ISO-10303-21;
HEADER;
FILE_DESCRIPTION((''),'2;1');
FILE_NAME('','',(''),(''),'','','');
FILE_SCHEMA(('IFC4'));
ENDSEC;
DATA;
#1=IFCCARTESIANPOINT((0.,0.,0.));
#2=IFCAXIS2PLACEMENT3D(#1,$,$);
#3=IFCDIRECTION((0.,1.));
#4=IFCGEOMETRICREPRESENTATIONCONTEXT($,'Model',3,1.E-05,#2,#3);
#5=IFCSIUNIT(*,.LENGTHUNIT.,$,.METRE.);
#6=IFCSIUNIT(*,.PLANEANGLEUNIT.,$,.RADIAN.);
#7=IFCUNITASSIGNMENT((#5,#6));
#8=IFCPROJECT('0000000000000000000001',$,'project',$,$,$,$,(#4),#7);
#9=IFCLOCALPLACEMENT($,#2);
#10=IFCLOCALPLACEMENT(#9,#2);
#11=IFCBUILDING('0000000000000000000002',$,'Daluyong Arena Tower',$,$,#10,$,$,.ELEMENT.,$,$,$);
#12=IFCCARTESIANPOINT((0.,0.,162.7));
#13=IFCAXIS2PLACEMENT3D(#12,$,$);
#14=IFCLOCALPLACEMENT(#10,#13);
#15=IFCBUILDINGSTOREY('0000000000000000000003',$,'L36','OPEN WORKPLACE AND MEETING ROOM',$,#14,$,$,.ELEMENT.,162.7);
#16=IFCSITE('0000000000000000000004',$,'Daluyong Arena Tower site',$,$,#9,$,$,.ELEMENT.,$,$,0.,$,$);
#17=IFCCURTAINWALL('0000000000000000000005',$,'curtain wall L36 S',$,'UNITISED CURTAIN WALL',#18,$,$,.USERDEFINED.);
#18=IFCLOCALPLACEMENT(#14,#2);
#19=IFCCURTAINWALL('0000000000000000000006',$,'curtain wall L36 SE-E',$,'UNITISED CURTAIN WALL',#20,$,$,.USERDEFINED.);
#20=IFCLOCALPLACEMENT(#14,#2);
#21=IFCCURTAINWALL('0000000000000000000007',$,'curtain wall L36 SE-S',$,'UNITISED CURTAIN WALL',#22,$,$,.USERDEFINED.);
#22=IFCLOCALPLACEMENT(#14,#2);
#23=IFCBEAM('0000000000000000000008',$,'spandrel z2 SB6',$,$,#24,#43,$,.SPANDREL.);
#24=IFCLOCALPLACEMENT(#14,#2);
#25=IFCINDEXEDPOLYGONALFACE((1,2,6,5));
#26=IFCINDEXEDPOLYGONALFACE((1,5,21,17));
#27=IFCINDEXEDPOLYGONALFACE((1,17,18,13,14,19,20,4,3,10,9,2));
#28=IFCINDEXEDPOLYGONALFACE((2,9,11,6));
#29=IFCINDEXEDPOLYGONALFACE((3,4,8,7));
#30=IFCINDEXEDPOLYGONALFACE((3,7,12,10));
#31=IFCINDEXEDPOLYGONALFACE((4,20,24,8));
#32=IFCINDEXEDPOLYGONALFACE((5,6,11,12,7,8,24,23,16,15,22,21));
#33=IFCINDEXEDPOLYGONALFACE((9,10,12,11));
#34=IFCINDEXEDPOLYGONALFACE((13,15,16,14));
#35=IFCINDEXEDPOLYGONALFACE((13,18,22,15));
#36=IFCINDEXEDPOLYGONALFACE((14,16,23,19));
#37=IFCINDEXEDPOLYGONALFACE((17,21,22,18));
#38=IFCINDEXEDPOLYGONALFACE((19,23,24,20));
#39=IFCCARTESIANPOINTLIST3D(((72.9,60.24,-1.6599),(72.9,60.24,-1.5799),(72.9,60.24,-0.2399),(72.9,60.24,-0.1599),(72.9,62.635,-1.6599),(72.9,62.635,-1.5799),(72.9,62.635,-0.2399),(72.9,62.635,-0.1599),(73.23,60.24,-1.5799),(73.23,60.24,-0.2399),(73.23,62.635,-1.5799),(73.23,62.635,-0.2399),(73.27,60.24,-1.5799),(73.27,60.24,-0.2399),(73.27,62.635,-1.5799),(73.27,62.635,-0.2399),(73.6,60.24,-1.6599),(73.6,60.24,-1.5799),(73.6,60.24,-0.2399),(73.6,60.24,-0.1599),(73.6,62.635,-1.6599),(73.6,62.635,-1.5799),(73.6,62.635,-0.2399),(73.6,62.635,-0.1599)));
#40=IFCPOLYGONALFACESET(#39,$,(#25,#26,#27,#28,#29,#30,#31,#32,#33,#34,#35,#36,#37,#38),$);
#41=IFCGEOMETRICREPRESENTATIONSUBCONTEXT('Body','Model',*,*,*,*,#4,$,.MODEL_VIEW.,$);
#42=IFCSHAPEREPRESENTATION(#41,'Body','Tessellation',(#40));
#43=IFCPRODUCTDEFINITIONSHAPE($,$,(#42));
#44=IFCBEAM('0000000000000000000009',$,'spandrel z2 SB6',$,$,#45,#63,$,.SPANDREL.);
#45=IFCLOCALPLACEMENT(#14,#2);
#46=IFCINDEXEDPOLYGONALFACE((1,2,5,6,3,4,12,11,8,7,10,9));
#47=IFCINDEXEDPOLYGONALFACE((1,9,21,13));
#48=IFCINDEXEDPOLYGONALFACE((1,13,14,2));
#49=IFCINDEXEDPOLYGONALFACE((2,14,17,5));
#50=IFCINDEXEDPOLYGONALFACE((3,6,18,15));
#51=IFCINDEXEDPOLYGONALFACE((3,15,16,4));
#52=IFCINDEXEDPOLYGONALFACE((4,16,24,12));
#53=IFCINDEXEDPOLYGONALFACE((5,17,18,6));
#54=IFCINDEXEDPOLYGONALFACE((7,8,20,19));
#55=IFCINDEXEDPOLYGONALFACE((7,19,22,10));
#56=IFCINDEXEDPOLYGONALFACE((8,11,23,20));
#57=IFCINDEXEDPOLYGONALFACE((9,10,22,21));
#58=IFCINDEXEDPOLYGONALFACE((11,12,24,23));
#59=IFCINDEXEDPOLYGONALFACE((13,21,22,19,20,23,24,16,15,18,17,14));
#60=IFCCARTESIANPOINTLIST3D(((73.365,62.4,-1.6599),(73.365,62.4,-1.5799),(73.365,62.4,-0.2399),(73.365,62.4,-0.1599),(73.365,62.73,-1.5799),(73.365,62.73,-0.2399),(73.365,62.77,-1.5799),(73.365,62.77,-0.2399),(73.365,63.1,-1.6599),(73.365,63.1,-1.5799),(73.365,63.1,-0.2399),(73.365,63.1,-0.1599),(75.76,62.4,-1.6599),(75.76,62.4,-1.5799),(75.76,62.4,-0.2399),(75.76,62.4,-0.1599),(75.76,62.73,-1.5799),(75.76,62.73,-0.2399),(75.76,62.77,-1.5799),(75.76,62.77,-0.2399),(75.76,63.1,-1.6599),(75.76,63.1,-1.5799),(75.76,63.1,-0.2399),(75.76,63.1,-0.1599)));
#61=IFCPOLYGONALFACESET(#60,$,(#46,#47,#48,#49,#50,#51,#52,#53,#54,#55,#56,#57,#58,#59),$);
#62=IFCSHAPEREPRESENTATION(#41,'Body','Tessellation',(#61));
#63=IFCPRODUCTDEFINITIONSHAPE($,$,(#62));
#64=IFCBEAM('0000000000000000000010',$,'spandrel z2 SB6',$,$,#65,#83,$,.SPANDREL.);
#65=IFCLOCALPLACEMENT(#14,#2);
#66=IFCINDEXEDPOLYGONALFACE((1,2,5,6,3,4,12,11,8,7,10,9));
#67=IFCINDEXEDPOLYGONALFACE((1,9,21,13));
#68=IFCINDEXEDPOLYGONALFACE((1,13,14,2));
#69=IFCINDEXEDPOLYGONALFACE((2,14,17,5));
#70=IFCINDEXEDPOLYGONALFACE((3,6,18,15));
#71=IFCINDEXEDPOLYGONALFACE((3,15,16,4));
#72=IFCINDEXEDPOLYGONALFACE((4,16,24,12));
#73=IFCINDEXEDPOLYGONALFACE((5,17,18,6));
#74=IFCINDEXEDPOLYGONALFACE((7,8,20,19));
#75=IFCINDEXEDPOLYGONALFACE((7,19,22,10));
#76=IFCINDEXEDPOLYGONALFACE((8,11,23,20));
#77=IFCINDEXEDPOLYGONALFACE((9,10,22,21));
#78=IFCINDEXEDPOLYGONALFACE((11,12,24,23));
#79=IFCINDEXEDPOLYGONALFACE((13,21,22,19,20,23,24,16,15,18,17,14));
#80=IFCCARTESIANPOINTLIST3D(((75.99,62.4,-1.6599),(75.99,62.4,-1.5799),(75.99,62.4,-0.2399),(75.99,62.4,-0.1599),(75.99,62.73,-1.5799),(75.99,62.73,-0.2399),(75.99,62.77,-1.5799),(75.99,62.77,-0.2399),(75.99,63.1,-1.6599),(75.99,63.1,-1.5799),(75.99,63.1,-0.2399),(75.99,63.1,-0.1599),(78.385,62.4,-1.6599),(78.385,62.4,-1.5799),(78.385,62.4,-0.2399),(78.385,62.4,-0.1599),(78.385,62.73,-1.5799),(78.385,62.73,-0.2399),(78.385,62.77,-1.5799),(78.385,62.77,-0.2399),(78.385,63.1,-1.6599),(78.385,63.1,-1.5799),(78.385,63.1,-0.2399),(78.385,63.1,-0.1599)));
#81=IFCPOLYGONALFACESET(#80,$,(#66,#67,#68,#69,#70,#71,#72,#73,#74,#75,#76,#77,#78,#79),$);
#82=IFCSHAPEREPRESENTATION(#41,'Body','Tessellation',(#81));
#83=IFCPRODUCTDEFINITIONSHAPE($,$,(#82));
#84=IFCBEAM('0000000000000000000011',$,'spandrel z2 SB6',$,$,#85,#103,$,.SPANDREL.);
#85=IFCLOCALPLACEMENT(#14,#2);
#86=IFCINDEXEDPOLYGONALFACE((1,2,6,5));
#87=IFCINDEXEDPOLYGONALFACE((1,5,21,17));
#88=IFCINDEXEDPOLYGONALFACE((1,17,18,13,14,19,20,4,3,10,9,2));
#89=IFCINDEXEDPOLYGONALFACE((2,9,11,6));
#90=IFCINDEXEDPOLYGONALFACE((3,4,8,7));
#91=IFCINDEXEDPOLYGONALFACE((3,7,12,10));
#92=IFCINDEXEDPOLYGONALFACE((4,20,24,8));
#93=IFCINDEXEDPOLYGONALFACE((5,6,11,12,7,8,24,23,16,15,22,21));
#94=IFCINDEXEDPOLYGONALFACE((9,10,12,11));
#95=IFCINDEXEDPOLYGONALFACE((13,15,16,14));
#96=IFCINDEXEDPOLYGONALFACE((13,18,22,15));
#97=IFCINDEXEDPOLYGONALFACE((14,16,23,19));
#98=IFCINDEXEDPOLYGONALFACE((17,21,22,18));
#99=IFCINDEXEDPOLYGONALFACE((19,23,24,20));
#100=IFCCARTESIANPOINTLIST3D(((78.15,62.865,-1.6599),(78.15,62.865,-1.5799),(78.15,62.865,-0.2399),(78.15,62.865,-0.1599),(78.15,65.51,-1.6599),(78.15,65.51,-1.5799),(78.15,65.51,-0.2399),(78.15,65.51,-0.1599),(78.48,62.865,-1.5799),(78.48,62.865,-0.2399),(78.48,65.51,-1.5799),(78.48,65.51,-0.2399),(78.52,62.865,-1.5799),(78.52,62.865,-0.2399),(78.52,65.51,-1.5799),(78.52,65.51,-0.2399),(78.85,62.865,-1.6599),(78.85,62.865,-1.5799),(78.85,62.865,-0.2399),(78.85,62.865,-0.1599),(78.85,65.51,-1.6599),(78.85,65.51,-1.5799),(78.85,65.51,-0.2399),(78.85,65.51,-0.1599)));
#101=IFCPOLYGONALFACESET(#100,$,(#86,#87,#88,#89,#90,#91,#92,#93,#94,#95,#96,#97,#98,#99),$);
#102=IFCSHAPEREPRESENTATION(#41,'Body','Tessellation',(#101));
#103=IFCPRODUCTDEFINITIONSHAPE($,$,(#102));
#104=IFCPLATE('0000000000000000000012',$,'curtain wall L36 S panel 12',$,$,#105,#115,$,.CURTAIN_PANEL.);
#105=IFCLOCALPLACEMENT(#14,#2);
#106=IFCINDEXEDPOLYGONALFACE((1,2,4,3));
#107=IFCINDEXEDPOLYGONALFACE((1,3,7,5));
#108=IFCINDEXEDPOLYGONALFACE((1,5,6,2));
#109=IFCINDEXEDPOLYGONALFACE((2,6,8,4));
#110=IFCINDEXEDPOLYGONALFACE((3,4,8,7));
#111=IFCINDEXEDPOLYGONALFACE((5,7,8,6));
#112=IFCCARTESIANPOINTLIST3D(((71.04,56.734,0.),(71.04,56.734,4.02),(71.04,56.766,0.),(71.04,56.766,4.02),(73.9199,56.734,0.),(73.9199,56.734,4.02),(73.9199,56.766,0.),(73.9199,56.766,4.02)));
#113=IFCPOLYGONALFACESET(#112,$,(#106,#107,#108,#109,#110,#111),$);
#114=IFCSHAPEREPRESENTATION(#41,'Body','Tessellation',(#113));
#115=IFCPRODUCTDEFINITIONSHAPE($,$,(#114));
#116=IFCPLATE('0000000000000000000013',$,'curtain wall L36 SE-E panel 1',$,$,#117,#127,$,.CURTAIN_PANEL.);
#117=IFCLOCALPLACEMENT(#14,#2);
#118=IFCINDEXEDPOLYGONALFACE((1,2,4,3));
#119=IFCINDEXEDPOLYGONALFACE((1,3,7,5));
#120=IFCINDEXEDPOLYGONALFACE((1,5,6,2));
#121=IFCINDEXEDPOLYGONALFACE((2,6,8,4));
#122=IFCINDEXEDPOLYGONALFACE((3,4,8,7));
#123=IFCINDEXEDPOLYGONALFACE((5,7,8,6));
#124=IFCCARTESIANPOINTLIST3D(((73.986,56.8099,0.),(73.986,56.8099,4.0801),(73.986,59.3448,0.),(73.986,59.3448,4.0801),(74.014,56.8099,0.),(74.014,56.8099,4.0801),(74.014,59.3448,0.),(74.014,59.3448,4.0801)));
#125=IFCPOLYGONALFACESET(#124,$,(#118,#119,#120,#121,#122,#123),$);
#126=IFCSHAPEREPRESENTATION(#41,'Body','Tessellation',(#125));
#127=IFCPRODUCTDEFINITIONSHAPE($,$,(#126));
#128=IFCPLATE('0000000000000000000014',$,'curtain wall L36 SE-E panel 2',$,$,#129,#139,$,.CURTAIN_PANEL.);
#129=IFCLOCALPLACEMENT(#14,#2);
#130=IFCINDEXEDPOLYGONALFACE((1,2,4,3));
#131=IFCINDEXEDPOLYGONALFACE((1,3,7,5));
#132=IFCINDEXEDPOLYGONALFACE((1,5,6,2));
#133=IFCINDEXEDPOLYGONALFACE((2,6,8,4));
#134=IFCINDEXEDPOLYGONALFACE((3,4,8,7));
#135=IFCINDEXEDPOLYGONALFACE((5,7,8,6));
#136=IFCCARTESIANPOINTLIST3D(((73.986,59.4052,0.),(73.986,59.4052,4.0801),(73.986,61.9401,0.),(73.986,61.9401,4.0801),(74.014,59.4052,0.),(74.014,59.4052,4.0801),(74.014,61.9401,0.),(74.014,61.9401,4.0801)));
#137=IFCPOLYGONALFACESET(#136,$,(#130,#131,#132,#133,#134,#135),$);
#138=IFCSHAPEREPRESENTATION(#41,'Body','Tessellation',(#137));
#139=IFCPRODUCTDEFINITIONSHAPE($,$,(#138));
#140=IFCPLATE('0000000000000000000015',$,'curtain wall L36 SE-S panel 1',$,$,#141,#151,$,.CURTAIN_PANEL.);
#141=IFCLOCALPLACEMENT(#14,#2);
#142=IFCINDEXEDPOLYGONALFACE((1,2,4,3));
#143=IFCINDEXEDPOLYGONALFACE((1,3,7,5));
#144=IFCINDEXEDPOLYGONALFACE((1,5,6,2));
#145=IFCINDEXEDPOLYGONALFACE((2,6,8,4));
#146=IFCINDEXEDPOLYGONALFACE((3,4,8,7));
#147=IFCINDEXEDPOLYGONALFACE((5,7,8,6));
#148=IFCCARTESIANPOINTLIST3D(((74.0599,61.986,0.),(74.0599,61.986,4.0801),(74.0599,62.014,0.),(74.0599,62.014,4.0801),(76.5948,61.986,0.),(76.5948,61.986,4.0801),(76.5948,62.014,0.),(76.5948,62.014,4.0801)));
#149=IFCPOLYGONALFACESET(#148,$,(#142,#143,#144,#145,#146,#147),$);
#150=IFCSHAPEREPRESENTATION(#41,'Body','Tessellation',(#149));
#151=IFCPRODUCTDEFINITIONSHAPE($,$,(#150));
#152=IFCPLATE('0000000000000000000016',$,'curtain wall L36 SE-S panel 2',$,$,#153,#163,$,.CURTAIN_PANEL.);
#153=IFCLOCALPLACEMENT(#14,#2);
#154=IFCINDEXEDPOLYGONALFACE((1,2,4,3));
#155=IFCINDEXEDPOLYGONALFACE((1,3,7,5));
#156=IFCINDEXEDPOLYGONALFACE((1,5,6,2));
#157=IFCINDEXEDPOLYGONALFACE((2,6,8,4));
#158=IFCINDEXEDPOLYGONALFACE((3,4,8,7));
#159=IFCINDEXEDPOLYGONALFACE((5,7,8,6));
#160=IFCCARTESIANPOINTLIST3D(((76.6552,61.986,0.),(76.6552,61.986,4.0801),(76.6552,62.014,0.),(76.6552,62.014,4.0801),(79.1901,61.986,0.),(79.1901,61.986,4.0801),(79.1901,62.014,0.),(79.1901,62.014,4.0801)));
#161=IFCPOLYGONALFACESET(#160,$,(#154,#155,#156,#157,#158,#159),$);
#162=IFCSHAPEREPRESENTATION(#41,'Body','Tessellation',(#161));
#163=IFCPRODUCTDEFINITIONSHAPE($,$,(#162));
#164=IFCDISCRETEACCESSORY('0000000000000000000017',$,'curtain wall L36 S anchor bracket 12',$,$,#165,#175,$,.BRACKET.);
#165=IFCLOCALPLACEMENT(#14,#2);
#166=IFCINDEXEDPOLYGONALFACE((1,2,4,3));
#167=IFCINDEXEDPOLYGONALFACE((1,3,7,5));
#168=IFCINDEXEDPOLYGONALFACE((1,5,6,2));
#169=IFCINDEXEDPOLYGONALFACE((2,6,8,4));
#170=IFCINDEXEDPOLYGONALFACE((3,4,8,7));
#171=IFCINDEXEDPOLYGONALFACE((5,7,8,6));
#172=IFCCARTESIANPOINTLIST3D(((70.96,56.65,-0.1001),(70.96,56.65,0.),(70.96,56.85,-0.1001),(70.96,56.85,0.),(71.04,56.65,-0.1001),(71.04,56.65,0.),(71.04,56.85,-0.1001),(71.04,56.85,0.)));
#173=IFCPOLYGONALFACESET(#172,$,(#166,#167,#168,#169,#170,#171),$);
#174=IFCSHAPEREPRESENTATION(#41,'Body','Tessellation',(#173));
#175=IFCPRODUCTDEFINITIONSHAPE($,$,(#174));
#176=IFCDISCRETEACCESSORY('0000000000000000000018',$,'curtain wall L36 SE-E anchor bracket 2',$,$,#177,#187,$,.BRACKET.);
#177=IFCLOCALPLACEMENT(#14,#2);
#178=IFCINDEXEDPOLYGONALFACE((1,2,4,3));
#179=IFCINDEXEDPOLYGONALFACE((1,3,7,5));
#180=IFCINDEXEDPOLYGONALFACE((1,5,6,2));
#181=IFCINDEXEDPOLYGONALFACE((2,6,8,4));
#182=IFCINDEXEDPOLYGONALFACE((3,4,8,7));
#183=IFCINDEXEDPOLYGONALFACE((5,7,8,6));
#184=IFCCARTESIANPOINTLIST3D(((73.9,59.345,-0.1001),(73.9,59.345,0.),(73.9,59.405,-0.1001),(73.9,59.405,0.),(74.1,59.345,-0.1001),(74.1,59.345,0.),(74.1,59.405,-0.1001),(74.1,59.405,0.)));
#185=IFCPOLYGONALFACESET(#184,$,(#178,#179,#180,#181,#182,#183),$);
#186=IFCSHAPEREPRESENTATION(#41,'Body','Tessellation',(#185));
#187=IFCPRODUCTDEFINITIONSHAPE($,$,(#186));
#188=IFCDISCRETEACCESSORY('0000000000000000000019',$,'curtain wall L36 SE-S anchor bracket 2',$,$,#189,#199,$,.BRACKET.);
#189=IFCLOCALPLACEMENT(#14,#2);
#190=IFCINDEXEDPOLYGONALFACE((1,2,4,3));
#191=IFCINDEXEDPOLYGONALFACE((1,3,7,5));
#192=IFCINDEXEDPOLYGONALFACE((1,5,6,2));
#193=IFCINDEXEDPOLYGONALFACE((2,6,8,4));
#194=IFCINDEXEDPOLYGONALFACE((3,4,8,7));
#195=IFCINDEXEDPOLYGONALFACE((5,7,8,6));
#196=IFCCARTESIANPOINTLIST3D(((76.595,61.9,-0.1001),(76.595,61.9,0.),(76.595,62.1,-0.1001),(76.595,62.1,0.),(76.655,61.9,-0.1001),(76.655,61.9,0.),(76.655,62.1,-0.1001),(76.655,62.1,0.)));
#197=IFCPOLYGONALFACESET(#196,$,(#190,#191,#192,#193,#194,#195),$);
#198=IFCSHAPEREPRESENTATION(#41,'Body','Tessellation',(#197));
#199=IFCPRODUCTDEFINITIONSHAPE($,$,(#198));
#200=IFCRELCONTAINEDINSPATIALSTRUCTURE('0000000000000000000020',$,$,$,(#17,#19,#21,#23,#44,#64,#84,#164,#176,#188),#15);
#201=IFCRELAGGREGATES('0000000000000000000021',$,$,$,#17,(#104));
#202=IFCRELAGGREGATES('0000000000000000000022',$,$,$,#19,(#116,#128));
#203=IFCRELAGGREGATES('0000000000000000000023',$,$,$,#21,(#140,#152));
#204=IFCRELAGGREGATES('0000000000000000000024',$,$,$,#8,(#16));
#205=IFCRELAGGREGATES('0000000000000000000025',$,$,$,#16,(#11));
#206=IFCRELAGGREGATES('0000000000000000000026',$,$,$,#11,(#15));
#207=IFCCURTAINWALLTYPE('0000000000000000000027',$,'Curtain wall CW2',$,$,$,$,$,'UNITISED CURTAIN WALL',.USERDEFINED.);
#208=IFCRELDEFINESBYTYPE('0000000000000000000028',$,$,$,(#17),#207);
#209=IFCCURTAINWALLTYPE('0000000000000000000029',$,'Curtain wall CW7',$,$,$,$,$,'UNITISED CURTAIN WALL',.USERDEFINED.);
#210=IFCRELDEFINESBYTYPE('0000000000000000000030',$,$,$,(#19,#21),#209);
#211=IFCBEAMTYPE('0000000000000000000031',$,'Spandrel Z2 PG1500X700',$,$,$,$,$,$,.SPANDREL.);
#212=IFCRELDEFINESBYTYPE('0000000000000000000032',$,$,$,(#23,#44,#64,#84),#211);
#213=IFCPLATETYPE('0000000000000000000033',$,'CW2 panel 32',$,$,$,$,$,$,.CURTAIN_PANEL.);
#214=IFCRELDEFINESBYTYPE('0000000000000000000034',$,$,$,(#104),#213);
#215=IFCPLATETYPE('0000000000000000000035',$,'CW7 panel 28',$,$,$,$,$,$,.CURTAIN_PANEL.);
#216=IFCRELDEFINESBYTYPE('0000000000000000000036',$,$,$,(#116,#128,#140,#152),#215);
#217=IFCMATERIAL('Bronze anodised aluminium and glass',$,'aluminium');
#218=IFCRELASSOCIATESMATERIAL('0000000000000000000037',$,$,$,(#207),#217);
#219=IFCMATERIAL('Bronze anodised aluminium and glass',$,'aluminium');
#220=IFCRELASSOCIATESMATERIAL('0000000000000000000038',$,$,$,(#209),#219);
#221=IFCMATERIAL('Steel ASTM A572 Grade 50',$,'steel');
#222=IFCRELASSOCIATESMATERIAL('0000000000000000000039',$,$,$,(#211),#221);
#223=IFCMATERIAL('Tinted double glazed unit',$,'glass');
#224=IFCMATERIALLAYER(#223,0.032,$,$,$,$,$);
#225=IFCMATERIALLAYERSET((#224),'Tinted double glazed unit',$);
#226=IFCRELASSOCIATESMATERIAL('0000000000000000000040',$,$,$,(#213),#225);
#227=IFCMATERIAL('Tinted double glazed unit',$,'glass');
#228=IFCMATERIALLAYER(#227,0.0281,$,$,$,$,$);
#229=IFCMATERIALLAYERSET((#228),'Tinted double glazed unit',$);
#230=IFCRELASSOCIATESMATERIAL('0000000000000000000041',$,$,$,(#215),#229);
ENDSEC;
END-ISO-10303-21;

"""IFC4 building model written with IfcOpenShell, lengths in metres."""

from ifc_helpers import new_model, si_unit, direction, frame, origin, origin_2d, place, context, subcontext, project, spatial, rectangle, i_section, extrude, material, layer, layer_set, material_profile, profile_set, type_object, element, aggregate, save


model = new_model("IFC4")

# Units and contexts
model_context = context("Model", 3, precision=1e-05, world=origin(), true_north=direction((0.0, 1.0)))
body_context = subcontext(model_context, "Body", "Model", "MODEL_VIEW")
ifc_project = project(units=[si_unit("LENGTHUNIT", "METRE"), si_unit("PLANEANGLEUNIT", "RADIAN")], contexts=[model_context])

# Site, building, storey
site_placement = place(None, origin())
site = spatial("IfcSite", under=ifc_project, at=site_placement, Name="Daluyong Arena Tower site", CompositionType="ELEMENT", RefElevation=0.0)
building_placement = place(site_placement, origin())
building = spatial("IfcBuilding", under=site, at=building_placement, Name="Daluyong Arena Tower", CompositionType="ELEMENT")
storey_placement = place(building_placement, frame((0.0, 0.0, 162.7)))
storey = spatial("IfcBuildingStorey", under=building, at=storey_placement, Name="L36", Description="OPEN WORKPLACE AND MEETING ROOM", CompositionType="ELEMENT", Elevation=162.7)

# Curtain wall
ifc_material_1 = material(Name="Bronze anodised aluminium and glass", Category="aluminium")
curtain_wall_type_1 = type_object("IfcCurtainWallType", Name="Curtain wall CW2", ElementType="UNITISED CURTAIN WALL", PredefinedType="USERDEFINED", material=ifc_material_1)
curtain_wall_1_placement = place(storey_placement, origin())
curtain_wall_1 = element("IfcCurtainWall", 1, at=curtain_wall_1_placement, inside=storey, type_object=curtain_wall_type_1, Name="curtain wall L36 S", ObjectType="UNITISED CURTAIN WALL", PredefinedType="USERDEFINED")

# Curtain walls
ifc_material_2 = material(Name="Bronze anodised aluminium and glass", Category="aluminium")
curtain_wall_type_2 = type_object("IfcCurtainWallType", Name="Curtain wall CW7", ElementType="UNITISED CURTAIN WALL", PredefinedType="USERDEFINED", material=ifc_material_2)
curtain_wall_2_placement = place(storey_placement, origin())
curtain_wall_2 = element("IfcCurtainWall", 2, at=curtain_wall_2_placement, inside=storey, type_object=curtain_wall_type_2, Name="curtain wall L36 SE-E", ObjectType="UNITISED CURTAIN WALL", PredefinedType="USERDEFINED")
curtain_wall_3_placement = place(storey_placement, origin())
curtain_wall_3 = element("IfcCurtainWall", 3, at=curtain_wall_3_placement, inside=storey, type_object=curtain_wall_type_2, Name="curtain wall L36 SE-S", ObjectType="UNITISED CURTAIN WALL", PredefinedType="USERDEFINED")

# Beams
ifc_material_3 = material(Name="Steel ASTM A572 Grade 50", Category="steel")
ifc_material_profile_1 = material_profile(ifc_material_3, i_section(OverallWidth=0.7, OverallDepth=1.5, WebThickness=0.04, FlangeThickness=0.08, at=origin_2d()))
ifc_profile_set_1 = profile_set([ifc_material_profile_1], Name="Steel ASTM A572 Grade 50")
beam_type_1 = type_object("IfcBeamType", Name="Spandrel Z2 PG1500X700", PredefinedType="SPANDREL", material=ifc_profile_set_1)
for number, where, z_axis, x_axis, name in (
    (4, (73.25, 60.24, -0.9099), (0.0, 1.0, 0.0), (-1.0, 0.0, 0.0), "spandrel z2 SB6"),
    (5, (73.365, 62.75, -0.9099), (1.0, 0.0, 0.0), (0.0, 1.0, 0.0), "spandrel z2 SB6"),
    (6, (75.99, 62.75, -0.9099), (1.0, 0.0, 0.0), (0.0, 1.0, 0.0), "spandrel z2 SB6"),
):
    element("IfcBeam", number, at=place(storey_placement, frame(where, z_axis=z_axis, x_axis=x_axis)), inside=storey, type_object=beam_type_1, Name=name, PredefinedType="SPANDREL", context=body_context, shape_type="SweptSolid", body=[
        extrude(i_section(OverallWidth=0.7, OverallDepth=1.5, WebThickness=0.04, FlangeThickness=0.08, at=origin_2d()), origin(), (0.0, 0.0, 1.0), 2.395),
    ])
beam_1_placement = place(storey_placement, frame((78.5, 62.865, -0.9099), z_axis=(0.0, 1.0, 0.0), x_axis=(-1.0, 0.0, 0.0)))
element("IfcBeam", 7, at=beam_1_placement, inside=storey, type_object=beam_type_1, Name="spandrel z2 SB6", PredefinedType="SPANDREL", context=body_context, shape_type="SweptSolid", body=[
    extrude(i_section(OverallWidth=0.7, OverallDepth=1.5, WebThickness=0.04, FlangeThickness=0.08, at=origin_2d()), origin(), (0.0, 0.0, 1.0), 2.645),
])

# Plates
ifc_material_4 = material(Name="Tinted double glazed unit", Category="glass")
ifc_layer_1 = layer(ifc_material_4, 0.032)
ifc_layer_set_1 = layer_set([ifc_layer_1], Name="Tinted double glazed unit")
plate_type_1 = type_object("IfcPlateType", Name="CW2 panel 32", PredefinedType="CURTAIN_PANEL", material=ifc_layer_set_1)
plate_1_placement = place(storey_placement, frame((72.48, 56.75, 0.0), z_axis=(0.0, 0.0, 1.0), x_axis=(1.0, 0.0, 0.0)))
plate_1 = element("IfcPlate", 8, at=plate_1_placement, type_object=plate_type_1, Name="curtain wall L36 S panel 12", PredefinedType="CURTAIN_PANEL", context=body_context, shape_type="SweptSolid", body=[
    extrude(rectangle(XDim=2.8799, YDim=0.032, at=origin_2d()), origin(), (0.0, 0.0, 1.0), 4.02),
])
aggregate(curtain_wall_1, [plate_1])
ifc_material_5 = material(Name="Tinted double glazed unit", Category="glass")
ifc_layer_2 = layer(ifc_material_5, 0.0281)
ifc_layer_set_2 = layer_set([ifc_layer_2], Name="Tinted double glazed unit")
plate_type_2 = type_object("IfcPlateType", Name="CW7 panel 28", PredefinedType="CURTAIN_PANEL", material=ifc_layer_set_2)
plate_2_placement = place(storey_placement, frame((74.0, 58.0774, 0.0), z_axis=(0.0, 0.0, 1.0), x_axis=(0.0, 1.0, 0.0)))
plate_2 = element("IfcPlate", 9, at=plate_2_placement, type_object=plate_type_2, Name="curtain wall L36 SE-E panel 1", PredefinedType="CURTAIN_PANEL", context=body_context, shape_type="SweptSolid", body=[
    extrude(rectangle(XDim=2.5349, YDim=0.0281, at=origin_2d()), origin(), (0.0, 0.0, 1.0), 4.0801),
])
plate_3_placement = place(storey_placement, frame((74.0, 60.6726, 0.0), z_axis=(0.0, 0.0, 1.0), x_axis=(0.0, 1.0, 0.0)))
plate_3 = element("IfcPlate", 10, at=plate_3_placement, type_object=plate_type_2, Name="curtain wall L36 SE-E panel 2", PredefinedType="CURTAIN_PANEL", context=body_context, shape_type="SweptSolid", body=[
    extrude(rectangle(XDim=2.5349, YDim=0.0281, at=origin_2d()), origin(), (0.0, 0.0, 1.0), 4.0801),
])
aggregate(curtain_wall_2, [plate_2, plate_3])
plate_4_placement = place(storey_placement, frame((75.3274, 62.0, 0.0), z_axis=(0.0, 0.0, 1.0), x_axis=(1.0, 0.0, 0.0)))
plate_4 = element("IfcPlate", 11, at=plate_4_placement, type_object=plate_type_2, Name="curtain wall L36 SE-S panel 1", PredefinedType="CURTAIN_PANEL", context=body_context, shape_type="SweptSolid", body=[
    extrude(rectangle(XDim=2.5349, YDim=0.0281, at=origin_2d()), origin(), (0.0, 0.0, 1.0), 4.0801),
])
plate_5_placement = place(storey_placement, frame((77.9226, 62.0, 0.0), z_axis=(0.0, 0.0, 1.0), x_axis=(1.0, 0.0, 0.0)))
plate_5 = element("IfcPlate", 12, at=plate_5_placement, type_object=plate_type_2, Name="curtain wall L36 SE-S panel 2", PredefinedType="CURTAIN_PANEL", context=body_context, shape_type="SweptSolid", body=[
    extrude(rectangle(XDim=2.5349, YDim=0.0281, at=origin_2d()), origin(), (0.0, 0.0, 1.0), 4.0801),
])
aggregate(curtain_wall_3, [plate_4, plate_5])

# Discrete accessories
discrete_accessory_placement = place(storey_placement, frame((71.0, 56.75, -0.1001), z_axis=(0.0, 0.0, 1.0), x_axis=(1.0, 0.0, 0.0)))
element("IfcDiscreteAccessory", 13, at=discrete_accessory_placement, inside=storey, Name="curtain wall L36 S anchor bracket 12", PredefinedType="BRACKET", context=body_context, shape_type="SweptSolid", body=[
    extrude(rectangle(XDim=0.0801, YDim=0.2, at=origin_2d()), origin(), (0.0, 0.0, 1.0), 0.1001),
])
for number, where, z_axis, x_axis, name in (
    (14, (74.0, 59.375, -0.1001), (0.0, 0.0, 1.0), (0.0, 1.0, 0.0), "curtain wall L36 SE-E anchor bracket 2"),
    (15, (76.625, 62.0, -0.1001), (0.0, 0.0, 1.0), (1.0, 0.0, 0.0), "curtain wall L36 SE-S anchor bracket 2"),
):
    element("IfcDiscreteAccessory", number, at=place(storey_placement, frame(where, z_axis=z_axis, x_axis=x_axis)), inside=storey, Name=name, PredefinedType="BRACKET", context=body_context, shape_type="SweptSolid", body=[
        extrude(rectangle(XDim=0.0601, YDim=0.2, at=origin_2d()), origin(), (0.0, 0.0, 1.0), 0.1001),
    ])

save(model, "model.ifc")
